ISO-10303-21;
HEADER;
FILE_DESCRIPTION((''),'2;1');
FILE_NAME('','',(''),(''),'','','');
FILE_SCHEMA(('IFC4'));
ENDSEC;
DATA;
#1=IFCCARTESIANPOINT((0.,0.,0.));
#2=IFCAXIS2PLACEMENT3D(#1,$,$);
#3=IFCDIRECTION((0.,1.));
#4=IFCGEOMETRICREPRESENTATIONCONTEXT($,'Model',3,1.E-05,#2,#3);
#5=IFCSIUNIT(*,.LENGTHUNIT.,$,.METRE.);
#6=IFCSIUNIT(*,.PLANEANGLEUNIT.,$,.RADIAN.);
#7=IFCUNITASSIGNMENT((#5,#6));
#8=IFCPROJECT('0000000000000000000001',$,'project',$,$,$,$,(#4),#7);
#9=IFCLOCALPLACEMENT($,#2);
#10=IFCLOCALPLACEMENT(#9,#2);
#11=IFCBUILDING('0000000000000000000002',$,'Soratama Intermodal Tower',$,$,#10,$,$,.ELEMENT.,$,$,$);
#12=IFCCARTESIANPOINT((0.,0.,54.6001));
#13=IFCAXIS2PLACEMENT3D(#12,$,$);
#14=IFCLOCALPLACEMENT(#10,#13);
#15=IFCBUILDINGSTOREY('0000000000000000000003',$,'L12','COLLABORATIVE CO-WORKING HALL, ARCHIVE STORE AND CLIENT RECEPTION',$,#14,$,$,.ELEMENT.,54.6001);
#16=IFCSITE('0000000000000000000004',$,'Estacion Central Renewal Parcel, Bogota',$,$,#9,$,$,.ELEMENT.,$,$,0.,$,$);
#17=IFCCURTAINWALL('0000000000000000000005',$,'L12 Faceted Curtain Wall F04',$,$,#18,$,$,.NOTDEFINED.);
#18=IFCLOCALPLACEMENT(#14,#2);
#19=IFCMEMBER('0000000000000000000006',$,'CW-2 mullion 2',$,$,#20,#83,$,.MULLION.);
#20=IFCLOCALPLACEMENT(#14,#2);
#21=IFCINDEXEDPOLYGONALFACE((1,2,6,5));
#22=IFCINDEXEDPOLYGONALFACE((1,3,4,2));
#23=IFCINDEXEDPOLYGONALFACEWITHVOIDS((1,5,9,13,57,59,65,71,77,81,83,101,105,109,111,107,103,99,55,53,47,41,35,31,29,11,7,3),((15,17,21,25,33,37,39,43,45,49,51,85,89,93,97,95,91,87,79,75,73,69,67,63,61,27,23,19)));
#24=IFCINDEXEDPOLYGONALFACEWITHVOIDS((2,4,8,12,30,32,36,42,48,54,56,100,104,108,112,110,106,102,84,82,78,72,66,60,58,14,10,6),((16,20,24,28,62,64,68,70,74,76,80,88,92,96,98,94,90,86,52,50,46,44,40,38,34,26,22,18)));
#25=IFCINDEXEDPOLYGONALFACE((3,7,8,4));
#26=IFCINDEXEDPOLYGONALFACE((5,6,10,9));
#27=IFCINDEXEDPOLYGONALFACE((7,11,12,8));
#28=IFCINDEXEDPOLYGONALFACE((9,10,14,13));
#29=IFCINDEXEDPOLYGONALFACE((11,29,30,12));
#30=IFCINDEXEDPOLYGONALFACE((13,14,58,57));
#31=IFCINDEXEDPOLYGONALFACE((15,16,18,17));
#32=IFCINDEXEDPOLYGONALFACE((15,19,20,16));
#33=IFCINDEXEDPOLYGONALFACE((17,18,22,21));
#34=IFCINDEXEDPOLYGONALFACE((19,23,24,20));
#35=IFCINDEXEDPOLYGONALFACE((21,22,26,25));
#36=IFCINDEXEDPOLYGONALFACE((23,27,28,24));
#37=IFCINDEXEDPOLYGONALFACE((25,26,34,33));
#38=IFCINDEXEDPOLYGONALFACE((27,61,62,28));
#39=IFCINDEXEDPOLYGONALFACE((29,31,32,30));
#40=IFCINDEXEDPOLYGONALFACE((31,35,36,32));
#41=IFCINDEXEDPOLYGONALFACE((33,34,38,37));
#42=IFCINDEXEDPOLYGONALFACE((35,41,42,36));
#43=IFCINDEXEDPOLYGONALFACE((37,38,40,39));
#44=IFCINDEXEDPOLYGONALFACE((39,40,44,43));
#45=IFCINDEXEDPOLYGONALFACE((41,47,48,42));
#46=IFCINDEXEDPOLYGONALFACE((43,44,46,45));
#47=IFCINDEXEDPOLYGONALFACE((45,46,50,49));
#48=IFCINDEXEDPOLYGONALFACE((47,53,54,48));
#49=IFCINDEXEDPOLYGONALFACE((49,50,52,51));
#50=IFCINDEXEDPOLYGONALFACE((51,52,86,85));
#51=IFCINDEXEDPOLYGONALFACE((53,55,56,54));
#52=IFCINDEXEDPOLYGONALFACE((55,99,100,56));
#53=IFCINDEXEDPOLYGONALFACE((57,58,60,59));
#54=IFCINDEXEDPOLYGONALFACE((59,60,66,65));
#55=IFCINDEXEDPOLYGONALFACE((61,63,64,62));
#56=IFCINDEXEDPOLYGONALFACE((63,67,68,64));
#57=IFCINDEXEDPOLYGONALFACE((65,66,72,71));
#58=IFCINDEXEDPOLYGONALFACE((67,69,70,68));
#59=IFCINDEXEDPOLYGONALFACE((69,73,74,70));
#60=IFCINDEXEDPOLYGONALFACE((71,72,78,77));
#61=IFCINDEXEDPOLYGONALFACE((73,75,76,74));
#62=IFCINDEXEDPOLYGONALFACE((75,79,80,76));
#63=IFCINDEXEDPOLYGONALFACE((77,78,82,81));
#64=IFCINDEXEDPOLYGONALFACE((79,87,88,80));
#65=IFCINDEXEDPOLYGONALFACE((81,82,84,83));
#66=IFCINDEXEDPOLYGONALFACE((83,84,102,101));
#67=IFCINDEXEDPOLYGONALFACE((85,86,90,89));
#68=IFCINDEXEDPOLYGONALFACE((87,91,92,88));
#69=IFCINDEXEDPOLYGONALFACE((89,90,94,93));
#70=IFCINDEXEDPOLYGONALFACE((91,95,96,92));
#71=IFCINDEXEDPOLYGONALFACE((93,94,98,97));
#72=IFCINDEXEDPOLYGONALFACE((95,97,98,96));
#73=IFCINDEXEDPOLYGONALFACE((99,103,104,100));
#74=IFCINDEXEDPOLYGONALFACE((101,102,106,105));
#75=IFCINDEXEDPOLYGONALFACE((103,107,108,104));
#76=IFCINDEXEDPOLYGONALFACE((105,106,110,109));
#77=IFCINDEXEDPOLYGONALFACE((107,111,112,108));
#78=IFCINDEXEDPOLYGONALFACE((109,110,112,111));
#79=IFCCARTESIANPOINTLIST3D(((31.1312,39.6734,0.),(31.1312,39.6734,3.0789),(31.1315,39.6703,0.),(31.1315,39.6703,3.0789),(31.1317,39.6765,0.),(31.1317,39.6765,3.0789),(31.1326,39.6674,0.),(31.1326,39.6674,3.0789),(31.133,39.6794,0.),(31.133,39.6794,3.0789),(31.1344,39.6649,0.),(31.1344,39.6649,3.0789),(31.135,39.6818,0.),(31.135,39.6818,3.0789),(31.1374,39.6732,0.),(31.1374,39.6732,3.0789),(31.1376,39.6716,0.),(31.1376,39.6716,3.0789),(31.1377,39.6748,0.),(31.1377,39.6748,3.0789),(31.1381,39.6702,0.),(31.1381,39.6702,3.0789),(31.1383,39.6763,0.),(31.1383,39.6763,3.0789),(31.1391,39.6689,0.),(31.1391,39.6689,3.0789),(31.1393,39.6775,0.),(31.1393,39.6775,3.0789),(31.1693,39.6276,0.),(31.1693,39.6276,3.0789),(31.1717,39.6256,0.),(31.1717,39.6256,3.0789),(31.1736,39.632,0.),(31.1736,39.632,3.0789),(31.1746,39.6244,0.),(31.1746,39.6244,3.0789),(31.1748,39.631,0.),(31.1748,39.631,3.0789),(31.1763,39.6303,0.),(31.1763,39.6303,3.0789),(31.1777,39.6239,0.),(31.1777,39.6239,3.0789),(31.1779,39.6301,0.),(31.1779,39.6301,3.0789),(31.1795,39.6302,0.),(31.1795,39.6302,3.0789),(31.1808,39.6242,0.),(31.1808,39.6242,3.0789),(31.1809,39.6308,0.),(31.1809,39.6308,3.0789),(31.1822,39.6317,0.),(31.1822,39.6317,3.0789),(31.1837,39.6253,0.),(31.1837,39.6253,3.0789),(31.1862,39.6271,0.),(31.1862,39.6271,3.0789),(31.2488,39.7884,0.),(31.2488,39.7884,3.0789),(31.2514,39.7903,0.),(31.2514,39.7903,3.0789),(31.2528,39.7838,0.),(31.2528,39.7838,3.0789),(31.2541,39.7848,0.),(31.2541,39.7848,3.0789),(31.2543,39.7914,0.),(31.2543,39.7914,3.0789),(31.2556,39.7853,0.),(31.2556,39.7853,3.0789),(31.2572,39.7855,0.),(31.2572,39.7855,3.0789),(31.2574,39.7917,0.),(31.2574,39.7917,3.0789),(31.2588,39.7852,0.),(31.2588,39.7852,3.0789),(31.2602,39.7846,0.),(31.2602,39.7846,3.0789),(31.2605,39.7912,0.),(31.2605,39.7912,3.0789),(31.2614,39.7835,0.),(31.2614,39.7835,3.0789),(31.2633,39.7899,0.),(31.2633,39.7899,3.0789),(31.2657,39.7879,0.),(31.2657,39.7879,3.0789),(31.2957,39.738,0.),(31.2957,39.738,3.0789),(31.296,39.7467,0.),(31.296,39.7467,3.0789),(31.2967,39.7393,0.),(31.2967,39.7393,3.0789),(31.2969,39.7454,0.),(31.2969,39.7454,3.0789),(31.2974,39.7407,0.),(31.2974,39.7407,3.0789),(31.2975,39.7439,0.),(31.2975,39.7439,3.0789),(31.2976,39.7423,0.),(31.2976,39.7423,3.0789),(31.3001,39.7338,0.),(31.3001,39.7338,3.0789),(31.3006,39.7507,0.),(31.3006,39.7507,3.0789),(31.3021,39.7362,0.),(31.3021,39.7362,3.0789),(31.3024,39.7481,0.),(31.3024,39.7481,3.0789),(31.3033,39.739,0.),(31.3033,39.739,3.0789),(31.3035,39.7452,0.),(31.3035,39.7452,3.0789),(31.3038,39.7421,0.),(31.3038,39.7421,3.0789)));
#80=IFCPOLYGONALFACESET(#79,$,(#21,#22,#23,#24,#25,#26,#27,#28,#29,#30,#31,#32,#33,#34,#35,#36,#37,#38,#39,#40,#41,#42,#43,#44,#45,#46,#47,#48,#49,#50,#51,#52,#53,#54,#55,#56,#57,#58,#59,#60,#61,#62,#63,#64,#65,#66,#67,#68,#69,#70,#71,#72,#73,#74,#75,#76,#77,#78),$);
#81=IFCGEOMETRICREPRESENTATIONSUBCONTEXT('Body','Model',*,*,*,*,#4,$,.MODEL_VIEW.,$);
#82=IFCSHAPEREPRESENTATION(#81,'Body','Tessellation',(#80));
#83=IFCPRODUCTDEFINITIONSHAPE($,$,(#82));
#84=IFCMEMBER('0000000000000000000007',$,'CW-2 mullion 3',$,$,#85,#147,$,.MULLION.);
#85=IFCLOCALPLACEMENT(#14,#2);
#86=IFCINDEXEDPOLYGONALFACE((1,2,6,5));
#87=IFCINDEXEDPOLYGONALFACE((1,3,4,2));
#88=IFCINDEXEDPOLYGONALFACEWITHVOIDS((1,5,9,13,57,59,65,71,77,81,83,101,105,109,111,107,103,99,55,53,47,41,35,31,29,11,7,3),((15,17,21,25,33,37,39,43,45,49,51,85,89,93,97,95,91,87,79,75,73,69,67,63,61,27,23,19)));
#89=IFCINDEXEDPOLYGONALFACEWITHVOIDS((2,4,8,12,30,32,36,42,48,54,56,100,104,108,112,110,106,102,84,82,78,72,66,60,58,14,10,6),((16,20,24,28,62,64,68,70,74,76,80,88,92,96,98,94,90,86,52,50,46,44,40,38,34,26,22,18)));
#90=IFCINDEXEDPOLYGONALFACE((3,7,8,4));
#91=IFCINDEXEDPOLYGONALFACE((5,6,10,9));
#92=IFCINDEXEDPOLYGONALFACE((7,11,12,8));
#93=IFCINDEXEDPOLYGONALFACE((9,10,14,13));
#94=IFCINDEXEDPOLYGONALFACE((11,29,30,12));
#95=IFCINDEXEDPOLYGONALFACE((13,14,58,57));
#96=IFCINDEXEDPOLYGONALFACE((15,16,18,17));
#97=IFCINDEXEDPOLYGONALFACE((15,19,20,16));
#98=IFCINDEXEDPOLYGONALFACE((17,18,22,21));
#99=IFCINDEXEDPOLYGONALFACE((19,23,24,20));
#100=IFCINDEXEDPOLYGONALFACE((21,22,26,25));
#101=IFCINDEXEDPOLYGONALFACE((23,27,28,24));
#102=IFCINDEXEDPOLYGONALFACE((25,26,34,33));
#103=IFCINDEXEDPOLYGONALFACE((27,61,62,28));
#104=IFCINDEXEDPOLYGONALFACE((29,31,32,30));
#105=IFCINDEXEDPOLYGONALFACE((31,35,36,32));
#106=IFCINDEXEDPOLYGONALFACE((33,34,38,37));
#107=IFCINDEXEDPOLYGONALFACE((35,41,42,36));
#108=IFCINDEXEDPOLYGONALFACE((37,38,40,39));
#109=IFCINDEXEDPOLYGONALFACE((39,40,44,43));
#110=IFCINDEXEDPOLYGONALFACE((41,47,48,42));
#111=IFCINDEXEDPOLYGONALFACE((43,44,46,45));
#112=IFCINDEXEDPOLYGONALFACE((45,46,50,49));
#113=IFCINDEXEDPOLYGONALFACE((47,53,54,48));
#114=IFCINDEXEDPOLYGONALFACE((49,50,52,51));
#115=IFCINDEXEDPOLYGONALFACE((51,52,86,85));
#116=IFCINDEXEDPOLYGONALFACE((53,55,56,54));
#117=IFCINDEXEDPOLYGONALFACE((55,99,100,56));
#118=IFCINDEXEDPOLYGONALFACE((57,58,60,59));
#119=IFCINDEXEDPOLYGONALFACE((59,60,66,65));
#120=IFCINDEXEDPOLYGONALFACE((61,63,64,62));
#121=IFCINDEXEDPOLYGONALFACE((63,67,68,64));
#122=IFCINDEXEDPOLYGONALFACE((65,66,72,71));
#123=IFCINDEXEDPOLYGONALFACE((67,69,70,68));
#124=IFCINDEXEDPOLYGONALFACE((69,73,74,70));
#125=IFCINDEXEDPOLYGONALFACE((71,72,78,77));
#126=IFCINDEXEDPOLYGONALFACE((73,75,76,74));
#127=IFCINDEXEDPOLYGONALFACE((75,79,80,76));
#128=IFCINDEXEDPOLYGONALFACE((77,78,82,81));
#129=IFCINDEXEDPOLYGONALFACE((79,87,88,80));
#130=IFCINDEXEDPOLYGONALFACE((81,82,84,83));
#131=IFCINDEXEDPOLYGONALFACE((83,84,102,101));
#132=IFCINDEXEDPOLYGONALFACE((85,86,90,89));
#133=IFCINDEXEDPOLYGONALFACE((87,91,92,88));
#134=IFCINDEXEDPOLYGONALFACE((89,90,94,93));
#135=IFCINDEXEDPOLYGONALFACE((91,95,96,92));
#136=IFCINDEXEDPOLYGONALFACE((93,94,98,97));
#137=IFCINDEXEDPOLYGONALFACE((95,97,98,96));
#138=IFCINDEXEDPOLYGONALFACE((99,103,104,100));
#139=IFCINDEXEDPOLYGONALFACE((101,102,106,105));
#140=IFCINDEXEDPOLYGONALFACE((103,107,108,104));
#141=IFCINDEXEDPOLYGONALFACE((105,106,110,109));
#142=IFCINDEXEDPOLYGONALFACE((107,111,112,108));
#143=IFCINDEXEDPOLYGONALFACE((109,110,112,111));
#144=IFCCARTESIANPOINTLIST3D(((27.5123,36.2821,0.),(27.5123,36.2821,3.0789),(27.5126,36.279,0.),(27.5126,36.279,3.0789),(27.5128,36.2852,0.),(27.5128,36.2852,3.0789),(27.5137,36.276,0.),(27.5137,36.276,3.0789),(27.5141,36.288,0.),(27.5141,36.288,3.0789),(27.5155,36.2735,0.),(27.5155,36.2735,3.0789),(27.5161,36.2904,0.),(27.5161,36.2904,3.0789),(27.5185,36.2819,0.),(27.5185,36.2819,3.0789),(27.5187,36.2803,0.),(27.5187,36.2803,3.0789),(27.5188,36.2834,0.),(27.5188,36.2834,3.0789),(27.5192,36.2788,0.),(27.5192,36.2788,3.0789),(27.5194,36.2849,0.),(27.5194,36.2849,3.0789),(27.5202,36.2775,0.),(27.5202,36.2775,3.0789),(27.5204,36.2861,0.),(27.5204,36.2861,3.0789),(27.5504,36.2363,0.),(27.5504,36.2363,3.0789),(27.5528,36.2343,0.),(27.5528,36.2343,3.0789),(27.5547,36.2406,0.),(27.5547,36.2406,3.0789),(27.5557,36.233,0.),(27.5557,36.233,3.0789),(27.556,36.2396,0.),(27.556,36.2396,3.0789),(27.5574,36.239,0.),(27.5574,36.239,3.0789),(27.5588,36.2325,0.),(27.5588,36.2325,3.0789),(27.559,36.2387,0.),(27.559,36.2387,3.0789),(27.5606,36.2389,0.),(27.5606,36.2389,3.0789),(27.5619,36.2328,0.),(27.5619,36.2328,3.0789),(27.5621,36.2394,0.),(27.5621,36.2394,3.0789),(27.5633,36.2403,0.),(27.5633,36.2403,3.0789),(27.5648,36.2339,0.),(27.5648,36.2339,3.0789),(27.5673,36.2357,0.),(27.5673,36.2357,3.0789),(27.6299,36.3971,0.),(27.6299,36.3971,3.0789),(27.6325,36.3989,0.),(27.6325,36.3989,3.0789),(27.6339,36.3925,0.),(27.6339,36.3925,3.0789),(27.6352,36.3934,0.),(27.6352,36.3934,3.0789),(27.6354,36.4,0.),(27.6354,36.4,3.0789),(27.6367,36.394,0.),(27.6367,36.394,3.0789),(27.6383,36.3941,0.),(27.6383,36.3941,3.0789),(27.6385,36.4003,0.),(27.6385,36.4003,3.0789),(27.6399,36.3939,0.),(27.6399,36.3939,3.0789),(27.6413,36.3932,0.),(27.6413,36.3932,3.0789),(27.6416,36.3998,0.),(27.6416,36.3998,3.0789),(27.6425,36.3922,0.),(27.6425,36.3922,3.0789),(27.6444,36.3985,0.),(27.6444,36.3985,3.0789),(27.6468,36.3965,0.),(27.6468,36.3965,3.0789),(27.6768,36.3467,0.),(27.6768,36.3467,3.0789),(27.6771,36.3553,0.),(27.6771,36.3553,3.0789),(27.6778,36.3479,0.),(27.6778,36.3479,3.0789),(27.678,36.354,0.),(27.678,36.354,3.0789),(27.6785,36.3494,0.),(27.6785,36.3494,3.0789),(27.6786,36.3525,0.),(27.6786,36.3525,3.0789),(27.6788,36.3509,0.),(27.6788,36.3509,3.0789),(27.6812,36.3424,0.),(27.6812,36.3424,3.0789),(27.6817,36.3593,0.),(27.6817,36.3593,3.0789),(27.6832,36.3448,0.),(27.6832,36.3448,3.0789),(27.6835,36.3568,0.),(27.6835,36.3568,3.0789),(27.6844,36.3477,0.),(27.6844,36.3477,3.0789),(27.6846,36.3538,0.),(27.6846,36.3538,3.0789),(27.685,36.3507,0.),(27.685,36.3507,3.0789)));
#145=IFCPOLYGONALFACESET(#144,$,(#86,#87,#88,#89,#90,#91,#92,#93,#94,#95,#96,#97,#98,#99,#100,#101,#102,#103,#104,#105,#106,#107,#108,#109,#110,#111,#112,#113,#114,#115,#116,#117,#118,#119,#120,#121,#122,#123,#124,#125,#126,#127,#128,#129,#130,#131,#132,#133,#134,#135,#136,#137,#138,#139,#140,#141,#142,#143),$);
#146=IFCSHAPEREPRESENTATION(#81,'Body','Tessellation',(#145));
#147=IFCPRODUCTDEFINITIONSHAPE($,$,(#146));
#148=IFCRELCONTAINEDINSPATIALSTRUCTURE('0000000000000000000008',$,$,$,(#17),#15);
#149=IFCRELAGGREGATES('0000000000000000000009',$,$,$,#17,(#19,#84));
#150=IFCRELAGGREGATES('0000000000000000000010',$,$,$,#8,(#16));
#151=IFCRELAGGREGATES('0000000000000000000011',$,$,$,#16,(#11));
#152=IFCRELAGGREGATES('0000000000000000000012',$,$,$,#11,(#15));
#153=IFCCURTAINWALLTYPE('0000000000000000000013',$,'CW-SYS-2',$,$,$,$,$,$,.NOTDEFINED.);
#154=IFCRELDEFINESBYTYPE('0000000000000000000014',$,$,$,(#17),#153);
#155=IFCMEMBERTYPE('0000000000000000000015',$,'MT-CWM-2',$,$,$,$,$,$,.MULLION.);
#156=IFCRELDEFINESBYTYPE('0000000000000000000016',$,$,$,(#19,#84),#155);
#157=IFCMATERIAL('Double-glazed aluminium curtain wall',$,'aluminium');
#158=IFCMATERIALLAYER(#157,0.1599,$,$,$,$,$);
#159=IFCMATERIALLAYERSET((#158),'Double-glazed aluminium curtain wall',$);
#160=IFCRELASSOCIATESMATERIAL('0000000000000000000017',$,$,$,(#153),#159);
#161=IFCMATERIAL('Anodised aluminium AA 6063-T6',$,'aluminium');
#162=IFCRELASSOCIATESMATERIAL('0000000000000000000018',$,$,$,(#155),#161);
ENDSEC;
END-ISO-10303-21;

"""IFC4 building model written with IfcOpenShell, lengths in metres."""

from ifc_helpers import new_model, si_unit, direction, frame, origin, origin_2d, place, context, subcontext, project, spatial, hollow_rectangle, extrude, material, layer, layer_set, material_profile, profile_set, type_object, element, aggregate, save


model = new_model("IFC4")

# Units and contexts
model_context = context("Model", 3, precision=1e-05, world=origin(), true_north=direction((0.0, 1.0)))
body_context = subcontext(model_context, "Body", "Model", "MODEL_VIEW")
ifc_project = project(units=[si_unit("LENGTHUNIT", "METRE"), si_unit("PLANEANGLEUNIT", "RADIAN")], contexts=[model_context])

# Site, building, storey
site_placement = place(None, origin())
site = spatial("IfcSite", under=ifc_project, at=site_placement, Name="Estacion Central Renewal Parcel, Bogota", CompositionType="ELEMENT", RefElevation=0.0)
building_placement = place(site_placement, origin())
building = spatial("IfcBuilding", under=site, at=building_placement, Name="Soratama Intermodal Tower", CompositionType="ELEMENT")
storey_placement = place(building_placement, frame((0.0, 0.0, 54.6001)))
storey = spatial("IfcBuildingStorey", under=building, at=storey_placement, Name="L12", Description="COLLABORATIVE CO-WORKING HALL, ARCHIVE STORE AND CLIENT RECEPTION", CompositionType="ELEMENT", Elevation=54.6001)

# Curtain wall, members
ifc_material_1 = material(Name="Double-glazed aluminium curtain wall", Category="aluminium")
ifc_layer_1 = layer(ifc_material_1, 0.1599)
ifc_layer_set_1 = layer_set([ifc_layer_1], Name="Double-glazed aluminium curtain wall")
curtain_wall_type = type_object("IfcCurtainWallType", Name="CW-SYS-2", PredefinedType="NOTDEFINED", material=ifc_layer_set_1)
curtain_wall_placement = place(storey_placement, origin())
curtain_wall = element("IfcCurtainWall", 1, at=curtain_wall_placement, inside=storey, type_object=curtain_wall_type, Name="L12 Faceted Curtain Wall F04", PredefinedType="NOTDEFINED")
ifc_material_2 = material(Name="Anodised aluminium AA 6063-T6", Category="aluminium")
ifc_material_profile_1 = material_profile(ifc_material_2, hollow_rectangle(XDim=0.075, YDim=0.1799, WallThickness=0.0061, InnerFilletRadius=0.0061, OuterFilletRadius=0.012, at=origin_2d()), Name="CWM180X75X6")
ifc_profile_set_1 = profile_set([ifc_material_profile_1], Name="Anodised aluminium AA 6063-T6")
member_type_1 = type_object("IfcMemberType", Name="MT-CWM-2", PredefinedType="MULLION", material=ifc_profile_set_1)
member_1_placement = place(storey_placement, frame((31.2175, 39.7078, 0.0), z_axis=(0.0, 0.0, 1.0), x_axis=(0.683786, -0.729682, 0.0)))
member_1 = element("IfcMember", 2, at=member_1_placement, type_object=member_type_1, Name="CW-2 mullion 2", PredefinedType="MULLION", context=body_context, shape_type="SweptSolid", body=[
    extrude(hollow_rectangle(XDim=0.075, YDim=0.1799, WallThickness=0.0061, InnerFilletRadius=0.0061, OuterFilletRadius=0.012, at=origin_2d()), origin(), (0.0, 0.0, 1.0), 3.0789),
])
member_2_placement = place(storey_placement, frame((27.5986, 36.3164, 0.0), z_axis=(0.0, 0.0, 1.0), x_axis=(0.683786, -0.729682, 0.0)))
member_2 = element("IfcMember", 3, at=member_2_placement, type_object=member_type_1, Name="CW-2 mullion 3", PredefinedType="MULLION", context=body_context, shape_type="SweptSolid", body=[
    extrude(hollow_rectangle(XDim=0.075, YDim=0.1799, WallThickness=0.0061, InnerFilletRadius=0.0061, OuterFilletRadius=0.012, at=origin_2d()), origin(), (0.0, 0.0, 1.0), 3.0789),
])
aggregate(curtain_wall, [member_1, member_2])

save(model, "model.ifc")
